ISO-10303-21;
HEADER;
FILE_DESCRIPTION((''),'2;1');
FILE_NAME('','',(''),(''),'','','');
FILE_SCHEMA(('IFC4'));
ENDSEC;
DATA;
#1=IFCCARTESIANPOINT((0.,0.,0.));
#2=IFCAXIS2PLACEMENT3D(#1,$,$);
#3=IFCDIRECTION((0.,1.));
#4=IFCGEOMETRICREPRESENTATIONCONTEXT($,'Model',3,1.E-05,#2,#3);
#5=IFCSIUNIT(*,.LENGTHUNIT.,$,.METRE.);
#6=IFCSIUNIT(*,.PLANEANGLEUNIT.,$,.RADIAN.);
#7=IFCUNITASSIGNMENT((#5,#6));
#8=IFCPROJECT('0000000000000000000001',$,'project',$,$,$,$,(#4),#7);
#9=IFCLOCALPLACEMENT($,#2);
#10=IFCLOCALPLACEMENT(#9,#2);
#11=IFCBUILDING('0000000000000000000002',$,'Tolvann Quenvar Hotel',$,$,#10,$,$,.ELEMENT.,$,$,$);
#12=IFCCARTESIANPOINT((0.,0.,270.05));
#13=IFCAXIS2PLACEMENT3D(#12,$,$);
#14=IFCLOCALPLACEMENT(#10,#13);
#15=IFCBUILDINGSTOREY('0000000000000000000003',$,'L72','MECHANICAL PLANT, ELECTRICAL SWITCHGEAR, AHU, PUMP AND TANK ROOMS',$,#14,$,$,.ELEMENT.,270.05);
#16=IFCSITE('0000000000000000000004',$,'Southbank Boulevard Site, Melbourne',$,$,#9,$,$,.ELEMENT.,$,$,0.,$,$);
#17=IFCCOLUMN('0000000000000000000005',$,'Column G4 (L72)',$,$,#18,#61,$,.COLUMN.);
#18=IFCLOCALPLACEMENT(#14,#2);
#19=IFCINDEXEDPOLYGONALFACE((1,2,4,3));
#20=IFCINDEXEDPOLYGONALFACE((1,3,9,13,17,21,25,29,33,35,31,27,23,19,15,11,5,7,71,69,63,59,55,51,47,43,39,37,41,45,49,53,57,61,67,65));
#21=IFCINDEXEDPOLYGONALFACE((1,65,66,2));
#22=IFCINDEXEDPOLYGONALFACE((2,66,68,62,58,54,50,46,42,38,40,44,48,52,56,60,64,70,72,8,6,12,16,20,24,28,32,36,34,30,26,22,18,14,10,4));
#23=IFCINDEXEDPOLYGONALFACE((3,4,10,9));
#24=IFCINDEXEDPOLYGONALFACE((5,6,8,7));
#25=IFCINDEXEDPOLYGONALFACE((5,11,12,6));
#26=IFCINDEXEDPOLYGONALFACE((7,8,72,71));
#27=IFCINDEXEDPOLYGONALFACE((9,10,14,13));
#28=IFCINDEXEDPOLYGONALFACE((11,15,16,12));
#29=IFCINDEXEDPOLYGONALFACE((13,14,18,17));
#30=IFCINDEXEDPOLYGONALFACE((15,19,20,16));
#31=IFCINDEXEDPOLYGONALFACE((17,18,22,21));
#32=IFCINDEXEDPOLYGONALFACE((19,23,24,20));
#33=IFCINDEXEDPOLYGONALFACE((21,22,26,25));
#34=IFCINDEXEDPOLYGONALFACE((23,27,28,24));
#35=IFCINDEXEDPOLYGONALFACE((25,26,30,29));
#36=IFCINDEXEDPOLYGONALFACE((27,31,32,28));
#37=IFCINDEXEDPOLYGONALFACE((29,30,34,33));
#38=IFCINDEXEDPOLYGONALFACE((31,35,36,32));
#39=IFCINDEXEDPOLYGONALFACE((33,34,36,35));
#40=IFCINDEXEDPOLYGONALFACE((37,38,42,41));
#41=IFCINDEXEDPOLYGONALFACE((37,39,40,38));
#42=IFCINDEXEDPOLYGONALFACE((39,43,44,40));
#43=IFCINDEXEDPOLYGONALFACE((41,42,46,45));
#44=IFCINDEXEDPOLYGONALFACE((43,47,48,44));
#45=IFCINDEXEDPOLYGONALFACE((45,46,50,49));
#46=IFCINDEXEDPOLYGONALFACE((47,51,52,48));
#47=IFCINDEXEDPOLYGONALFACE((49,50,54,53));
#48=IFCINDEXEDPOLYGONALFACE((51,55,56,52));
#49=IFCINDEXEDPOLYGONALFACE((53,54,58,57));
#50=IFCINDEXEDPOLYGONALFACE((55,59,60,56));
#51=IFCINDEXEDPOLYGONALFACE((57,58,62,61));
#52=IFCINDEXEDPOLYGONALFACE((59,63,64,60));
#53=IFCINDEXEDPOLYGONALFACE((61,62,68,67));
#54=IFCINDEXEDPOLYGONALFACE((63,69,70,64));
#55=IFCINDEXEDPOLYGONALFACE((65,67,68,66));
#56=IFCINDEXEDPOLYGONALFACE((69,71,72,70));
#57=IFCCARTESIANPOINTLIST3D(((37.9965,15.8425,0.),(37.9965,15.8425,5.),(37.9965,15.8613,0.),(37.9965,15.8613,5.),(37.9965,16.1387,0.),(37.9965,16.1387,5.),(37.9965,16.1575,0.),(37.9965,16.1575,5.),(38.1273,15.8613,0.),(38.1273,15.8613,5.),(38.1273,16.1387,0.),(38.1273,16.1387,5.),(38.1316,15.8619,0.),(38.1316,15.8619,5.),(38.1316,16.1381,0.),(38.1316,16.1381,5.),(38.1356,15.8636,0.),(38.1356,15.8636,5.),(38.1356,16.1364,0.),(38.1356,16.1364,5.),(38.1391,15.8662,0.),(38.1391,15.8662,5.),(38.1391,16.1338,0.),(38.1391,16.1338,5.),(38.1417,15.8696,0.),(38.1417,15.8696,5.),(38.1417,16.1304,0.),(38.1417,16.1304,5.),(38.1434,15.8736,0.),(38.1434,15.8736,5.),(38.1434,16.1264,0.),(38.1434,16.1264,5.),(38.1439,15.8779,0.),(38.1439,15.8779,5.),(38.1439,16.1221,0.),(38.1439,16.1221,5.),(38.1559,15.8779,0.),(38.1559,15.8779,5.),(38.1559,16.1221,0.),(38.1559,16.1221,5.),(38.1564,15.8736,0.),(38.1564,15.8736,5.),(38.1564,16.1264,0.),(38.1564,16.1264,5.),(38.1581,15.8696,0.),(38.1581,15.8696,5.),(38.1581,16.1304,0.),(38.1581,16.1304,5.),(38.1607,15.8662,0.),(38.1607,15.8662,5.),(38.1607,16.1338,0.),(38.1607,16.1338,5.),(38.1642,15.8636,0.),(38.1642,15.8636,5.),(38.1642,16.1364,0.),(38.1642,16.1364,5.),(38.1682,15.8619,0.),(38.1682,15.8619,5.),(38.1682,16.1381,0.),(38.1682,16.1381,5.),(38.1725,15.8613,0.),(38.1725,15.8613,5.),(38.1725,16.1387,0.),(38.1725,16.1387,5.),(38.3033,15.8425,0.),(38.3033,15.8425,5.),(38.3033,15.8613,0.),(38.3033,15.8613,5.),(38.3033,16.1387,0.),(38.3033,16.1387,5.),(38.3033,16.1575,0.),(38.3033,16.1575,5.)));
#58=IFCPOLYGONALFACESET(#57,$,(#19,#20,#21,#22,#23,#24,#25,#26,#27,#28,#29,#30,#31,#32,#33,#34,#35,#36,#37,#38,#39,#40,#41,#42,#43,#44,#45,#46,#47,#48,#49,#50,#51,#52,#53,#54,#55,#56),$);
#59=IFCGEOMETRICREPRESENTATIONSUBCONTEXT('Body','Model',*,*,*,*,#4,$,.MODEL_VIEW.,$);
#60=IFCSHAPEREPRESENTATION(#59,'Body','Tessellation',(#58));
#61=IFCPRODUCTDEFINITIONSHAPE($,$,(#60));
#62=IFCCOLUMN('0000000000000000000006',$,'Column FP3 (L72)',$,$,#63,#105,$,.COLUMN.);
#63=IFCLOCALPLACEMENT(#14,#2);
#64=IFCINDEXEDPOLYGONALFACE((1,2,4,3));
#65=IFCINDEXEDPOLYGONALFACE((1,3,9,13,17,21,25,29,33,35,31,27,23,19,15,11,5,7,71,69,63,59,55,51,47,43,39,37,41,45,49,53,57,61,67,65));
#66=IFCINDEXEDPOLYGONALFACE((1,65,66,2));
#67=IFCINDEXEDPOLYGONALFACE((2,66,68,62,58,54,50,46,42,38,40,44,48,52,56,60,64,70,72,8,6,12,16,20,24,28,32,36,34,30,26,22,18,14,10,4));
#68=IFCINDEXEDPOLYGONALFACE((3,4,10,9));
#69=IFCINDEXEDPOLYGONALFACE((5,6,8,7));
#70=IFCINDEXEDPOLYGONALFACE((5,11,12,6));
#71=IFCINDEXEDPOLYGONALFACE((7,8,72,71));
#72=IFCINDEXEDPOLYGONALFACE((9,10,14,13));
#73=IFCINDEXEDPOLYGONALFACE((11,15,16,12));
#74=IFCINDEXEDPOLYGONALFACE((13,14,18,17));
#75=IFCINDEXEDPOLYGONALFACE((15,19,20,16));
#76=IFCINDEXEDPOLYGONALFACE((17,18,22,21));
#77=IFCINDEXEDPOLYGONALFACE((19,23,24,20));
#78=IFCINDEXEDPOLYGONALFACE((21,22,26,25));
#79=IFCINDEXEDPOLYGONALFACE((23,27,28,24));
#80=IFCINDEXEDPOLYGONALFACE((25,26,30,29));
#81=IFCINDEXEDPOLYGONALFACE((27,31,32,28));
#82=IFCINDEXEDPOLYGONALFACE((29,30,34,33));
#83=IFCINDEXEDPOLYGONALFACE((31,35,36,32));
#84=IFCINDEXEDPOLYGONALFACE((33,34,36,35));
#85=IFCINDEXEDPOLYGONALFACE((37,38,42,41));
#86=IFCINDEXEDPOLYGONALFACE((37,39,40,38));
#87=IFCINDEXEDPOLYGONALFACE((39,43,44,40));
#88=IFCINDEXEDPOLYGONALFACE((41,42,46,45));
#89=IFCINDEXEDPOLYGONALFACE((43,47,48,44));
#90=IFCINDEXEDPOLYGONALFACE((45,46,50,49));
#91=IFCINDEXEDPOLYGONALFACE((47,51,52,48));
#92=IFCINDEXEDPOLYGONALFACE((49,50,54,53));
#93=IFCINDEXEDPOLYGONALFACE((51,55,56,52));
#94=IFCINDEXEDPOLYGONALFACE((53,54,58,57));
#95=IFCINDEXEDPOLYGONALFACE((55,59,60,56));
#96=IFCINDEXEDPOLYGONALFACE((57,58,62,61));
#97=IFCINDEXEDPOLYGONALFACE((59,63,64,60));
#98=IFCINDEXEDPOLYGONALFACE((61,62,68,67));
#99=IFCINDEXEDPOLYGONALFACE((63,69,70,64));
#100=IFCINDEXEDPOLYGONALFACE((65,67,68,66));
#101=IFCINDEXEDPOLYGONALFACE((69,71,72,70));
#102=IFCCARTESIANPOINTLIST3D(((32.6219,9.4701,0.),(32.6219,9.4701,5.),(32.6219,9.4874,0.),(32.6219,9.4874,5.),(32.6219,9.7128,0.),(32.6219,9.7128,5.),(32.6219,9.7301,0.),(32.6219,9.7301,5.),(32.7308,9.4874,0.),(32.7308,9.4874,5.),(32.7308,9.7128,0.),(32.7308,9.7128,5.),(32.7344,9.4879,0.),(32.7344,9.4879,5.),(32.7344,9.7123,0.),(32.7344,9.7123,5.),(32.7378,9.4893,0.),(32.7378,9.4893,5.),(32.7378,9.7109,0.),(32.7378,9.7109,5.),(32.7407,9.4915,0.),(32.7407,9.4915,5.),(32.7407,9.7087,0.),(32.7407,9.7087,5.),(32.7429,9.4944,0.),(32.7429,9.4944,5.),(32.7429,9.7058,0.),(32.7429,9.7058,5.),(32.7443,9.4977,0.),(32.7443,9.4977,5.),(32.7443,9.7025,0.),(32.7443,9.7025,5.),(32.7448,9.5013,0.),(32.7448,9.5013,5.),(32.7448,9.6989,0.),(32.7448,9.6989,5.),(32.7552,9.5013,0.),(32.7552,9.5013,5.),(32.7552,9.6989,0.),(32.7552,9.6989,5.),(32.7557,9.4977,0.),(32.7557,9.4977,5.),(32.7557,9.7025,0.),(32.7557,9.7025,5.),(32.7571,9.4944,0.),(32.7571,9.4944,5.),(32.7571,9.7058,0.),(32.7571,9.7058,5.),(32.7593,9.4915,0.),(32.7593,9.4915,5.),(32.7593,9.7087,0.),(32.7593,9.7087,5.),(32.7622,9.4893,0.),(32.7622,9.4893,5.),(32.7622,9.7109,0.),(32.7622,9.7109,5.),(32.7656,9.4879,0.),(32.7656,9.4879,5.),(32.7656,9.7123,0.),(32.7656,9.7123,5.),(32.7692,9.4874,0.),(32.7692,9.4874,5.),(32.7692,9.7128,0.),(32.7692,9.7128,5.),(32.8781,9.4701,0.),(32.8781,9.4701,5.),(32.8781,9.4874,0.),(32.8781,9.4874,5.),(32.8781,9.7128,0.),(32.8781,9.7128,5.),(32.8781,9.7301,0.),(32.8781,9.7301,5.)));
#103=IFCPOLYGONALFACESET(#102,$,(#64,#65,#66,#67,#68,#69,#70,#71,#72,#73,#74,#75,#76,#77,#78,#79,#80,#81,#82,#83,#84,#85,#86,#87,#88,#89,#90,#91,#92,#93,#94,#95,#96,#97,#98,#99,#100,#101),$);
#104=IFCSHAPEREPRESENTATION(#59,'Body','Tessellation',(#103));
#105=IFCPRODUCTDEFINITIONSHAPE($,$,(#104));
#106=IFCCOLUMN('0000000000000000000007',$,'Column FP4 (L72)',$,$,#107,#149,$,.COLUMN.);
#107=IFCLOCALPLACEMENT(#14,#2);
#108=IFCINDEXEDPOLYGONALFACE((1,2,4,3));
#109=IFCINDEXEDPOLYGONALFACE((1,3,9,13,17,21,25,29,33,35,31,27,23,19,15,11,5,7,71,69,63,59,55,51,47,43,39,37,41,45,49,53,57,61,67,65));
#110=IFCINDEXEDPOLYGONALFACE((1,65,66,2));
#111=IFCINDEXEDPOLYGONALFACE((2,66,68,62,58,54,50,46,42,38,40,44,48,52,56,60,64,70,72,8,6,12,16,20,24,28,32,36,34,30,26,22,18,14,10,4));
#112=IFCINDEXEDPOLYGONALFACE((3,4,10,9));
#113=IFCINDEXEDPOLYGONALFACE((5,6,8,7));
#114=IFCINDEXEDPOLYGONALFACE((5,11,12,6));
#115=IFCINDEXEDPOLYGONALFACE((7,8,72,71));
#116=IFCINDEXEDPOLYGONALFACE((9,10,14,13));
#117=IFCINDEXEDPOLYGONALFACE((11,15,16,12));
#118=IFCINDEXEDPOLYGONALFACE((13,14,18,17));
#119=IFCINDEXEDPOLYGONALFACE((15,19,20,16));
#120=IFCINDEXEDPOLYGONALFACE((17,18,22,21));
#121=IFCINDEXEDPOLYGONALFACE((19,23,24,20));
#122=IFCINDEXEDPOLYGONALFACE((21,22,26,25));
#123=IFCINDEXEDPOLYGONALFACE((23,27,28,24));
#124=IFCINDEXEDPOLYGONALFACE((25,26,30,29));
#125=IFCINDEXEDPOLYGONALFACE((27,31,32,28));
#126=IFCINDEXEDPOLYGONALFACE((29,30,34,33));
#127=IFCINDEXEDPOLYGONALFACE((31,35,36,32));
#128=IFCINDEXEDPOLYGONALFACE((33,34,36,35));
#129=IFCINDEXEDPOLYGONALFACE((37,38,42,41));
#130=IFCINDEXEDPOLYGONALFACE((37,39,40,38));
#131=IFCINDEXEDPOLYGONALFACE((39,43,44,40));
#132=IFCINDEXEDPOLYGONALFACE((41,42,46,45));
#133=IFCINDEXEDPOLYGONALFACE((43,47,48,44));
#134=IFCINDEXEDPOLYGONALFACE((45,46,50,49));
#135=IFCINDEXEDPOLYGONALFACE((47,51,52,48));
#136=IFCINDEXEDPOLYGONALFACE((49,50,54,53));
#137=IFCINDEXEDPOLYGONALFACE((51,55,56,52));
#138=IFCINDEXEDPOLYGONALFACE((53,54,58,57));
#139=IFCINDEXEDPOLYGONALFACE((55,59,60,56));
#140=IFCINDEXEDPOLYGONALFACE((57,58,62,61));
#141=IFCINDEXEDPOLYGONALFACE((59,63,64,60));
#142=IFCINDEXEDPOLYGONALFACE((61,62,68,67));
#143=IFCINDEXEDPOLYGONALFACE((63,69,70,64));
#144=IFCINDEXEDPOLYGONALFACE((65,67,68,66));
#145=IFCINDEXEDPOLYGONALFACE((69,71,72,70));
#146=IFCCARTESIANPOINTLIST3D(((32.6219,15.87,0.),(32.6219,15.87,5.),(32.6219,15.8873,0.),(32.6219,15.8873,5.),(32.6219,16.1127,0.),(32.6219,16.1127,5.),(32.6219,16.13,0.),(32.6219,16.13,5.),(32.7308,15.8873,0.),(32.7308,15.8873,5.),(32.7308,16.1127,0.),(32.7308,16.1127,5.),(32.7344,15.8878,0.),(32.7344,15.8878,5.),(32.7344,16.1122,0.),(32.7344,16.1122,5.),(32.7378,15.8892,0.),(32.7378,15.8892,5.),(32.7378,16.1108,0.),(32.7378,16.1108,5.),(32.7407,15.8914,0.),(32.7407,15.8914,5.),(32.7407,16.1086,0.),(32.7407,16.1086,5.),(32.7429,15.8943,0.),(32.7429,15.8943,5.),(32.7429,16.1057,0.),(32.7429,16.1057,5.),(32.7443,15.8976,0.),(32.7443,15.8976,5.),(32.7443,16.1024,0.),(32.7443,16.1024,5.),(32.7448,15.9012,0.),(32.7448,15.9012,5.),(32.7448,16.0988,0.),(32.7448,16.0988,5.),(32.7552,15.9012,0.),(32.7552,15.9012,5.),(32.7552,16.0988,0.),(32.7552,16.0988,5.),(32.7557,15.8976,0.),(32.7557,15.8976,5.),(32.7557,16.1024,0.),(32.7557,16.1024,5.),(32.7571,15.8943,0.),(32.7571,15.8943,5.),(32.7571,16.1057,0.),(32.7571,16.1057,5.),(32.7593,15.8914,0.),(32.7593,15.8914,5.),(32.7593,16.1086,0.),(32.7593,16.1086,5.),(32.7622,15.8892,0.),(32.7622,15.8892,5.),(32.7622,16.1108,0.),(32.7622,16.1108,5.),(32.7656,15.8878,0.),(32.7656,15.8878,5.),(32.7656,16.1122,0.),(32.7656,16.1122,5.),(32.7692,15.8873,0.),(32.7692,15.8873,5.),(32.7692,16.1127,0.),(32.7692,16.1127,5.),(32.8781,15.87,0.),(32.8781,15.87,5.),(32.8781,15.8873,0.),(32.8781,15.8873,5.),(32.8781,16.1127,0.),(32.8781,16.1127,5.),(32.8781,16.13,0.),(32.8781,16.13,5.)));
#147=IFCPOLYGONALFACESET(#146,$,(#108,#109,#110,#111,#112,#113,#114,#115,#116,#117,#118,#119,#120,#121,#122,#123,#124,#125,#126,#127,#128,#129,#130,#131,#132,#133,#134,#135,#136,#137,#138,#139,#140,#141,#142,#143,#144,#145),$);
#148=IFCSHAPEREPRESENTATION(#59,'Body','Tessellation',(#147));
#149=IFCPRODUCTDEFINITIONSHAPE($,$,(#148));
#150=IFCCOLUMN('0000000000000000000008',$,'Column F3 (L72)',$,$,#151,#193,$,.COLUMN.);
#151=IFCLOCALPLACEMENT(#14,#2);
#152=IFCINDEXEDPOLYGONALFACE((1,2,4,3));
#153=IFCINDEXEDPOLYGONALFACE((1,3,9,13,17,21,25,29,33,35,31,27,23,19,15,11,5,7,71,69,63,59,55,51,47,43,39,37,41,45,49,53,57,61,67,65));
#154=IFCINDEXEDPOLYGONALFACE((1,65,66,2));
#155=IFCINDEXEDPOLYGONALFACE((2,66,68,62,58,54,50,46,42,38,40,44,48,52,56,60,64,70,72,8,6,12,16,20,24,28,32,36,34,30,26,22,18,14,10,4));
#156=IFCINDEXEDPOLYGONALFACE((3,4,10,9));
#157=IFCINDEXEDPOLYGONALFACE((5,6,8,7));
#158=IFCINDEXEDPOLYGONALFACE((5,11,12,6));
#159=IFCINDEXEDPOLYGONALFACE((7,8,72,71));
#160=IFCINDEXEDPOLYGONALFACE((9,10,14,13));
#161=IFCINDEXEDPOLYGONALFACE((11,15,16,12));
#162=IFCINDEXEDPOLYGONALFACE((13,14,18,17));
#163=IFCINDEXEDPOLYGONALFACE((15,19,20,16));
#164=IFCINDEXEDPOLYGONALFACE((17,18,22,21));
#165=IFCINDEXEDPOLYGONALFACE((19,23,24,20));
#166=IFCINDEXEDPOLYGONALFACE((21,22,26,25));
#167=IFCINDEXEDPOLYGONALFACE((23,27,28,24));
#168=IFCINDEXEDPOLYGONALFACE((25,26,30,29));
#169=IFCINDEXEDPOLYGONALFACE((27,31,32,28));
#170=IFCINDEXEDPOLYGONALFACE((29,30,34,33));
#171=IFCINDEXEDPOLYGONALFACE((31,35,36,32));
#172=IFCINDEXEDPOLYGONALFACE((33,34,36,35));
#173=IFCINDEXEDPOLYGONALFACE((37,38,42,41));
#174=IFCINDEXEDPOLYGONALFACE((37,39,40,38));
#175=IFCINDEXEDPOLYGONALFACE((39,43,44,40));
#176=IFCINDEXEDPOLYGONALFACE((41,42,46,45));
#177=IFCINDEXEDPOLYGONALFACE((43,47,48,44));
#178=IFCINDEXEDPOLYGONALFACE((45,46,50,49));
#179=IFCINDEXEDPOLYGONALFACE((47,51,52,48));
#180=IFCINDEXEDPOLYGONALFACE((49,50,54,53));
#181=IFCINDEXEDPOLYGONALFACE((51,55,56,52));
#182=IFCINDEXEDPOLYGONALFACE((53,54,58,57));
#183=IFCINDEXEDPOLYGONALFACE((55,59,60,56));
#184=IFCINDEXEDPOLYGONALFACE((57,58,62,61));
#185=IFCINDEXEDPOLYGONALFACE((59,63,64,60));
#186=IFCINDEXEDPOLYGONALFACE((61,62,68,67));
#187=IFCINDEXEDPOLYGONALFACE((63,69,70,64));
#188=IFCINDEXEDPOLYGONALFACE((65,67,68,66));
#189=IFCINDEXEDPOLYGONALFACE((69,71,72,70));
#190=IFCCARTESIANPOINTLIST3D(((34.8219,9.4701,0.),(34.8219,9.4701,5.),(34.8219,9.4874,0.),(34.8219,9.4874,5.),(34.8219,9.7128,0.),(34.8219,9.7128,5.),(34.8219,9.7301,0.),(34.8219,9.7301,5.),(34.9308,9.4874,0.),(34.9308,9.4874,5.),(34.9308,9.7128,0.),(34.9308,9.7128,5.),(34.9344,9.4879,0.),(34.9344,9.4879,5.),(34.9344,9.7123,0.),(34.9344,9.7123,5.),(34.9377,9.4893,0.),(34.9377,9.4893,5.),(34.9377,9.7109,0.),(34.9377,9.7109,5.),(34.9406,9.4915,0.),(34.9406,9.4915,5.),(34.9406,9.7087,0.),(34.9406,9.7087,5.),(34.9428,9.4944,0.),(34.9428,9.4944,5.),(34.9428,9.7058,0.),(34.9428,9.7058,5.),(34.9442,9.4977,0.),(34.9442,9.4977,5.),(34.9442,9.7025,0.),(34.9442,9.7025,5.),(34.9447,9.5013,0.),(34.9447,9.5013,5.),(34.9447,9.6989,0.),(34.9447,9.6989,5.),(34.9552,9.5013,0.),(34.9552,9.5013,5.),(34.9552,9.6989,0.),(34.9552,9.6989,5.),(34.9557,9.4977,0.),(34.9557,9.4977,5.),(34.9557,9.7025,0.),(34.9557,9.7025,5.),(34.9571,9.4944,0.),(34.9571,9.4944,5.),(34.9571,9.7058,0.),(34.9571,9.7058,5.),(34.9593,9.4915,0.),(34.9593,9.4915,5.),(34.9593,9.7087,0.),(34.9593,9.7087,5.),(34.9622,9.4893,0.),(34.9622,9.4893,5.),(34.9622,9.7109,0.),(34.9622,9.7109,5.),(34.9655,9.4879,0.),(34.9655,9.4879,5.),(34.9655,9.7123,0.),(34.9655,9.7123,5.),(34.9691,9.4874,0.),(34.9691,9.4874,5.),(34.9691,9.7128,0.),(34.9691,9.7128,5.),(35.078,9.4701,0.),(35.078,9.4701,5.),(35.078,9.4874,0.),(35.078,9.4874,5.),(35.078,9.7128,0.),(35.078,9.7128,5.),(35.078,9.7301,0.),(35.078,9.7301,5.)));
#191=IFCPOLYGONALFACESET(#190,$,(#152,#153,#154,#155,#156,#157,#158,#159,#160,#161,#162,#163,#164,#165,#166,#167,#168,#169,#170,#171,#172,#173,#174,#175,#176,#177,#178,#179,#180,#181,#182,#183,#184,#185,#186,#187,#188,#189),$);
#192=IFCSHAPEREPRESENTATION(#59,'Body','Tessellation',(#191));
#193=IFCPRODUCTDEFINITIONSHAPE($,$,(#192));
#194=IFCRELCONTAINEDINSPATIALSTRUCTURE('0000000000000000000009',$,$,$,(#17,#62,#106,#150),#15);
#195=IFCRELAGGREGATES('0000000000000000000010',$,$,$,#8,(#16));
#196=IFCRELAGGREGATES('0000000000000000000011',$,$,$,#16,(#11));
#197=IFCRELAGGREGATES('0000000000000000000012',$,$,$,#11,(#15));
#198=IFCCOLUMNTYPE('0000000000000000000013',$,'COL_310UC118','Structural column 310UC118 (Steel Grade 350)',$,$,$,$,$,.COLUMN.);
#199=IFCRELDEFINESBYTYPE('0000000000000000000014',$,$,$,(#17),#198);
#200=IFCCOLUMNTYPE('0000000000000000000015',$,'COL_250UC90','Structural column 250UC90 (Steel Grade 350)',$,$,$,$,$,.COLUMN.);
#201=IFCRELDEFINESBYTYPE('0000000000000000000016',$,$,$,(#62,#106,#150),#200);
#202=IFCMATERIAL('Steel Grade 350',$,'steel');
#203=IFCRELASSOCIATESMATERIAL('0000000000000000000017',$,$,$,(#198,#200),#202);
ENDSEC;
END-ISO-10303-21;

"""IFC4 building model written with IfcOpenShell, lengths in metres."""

from ifc_helpers import new_model, si_unit, direction, frame, origin, origin_2d, place, context, subcontext, project, spatial, i_section, extrude, source, transform, mapped, material, material_profile, profile_set, type_object, type_shapes, element, save


model = new_model("IFC4")

# Units and contexts
model_context = context("Model", 3, precision=1e-05, world=origin(), true_north=direction((0.0, 1.0)))
body_context = subcontext(model_context, "Body", "Model", "MODEL_VIEW")
ifc_project = project(units=[si_unit("LENGTHUNIT", "METRE"), si_unit("PLANEANGLEUNIT", "RADIAN")], contexts=[model_context])

# Site, building, storey
site_placement = place(None, origin())
site = spatial("IfcSite", under=ifc_project, at=site_placement, Name="Southbank Boulevard Site, Melbourne", CompositionType="ELEMENT", RefElevation=0.0)
building_placement = place(site_placement, origin())
building = spatial("IfcBuilding", under=site, at=building_placement, Name="Tolvann Quenvar Hotel", CompositionType="ELEMENT")
storey_placement = place(building_placement, frame((0.0, 0.0, 270.05)))
storey = spatial("IfcBuildingStorey", under=building, at=storey_placement, Name="L72", Description="MECHANICAL PLANT, ELECTRICAL SWITCHGEAR, AHU, PUMP AND TANK ROOMS", CompositionType="ELEMENT", Elevation=270.05)

# Columns
ifc_material_1 = material(Name="Steel Grade 350", Category="steel")
ifc_material_profile_1 = material_profile(ifc_material_1, i_section(OverallWidth=0.3069, OverallDepth=0.3149, WebThickness=0.012, FlangeThickness=0.0188, FilletRadius=0.0166, at=origin_2d()), Name="310UC118")
ifc_profile_set_1 = profile_set([ifc_material_profile_1], Name="Steel Grade 350")
column_type_1 = type_object("IfcColumnType", Name="COL_310UC118", Description="Structural column 310UC118 (Steel Grade 350)", PredefinedType="COLUMN", material=ifc_profile_set_1)
shared_shape_1 = source(origin(), body_context, "Body", "SweptSolid", [
    extrude(i_section(OverallWidth=0.3069, OverallDepth=0.3149, WebThickness=0.012, FlangeThickness=0.0188, FilletRadius=0.0166, at=origin_2d()), origin(), (0.0, 0.0, 1.0), 5.0),
])
type_shapes(column_type_1, [shared_shape_1])
for number, where, z_axis, x_axis, name in (
    (1, (38.1499, 16.0, 0.0), (0.0, 0.0, 1.0), (1.0, 0.0, 0.0), "Column G4 (L72)"),
):
    element("IfcColumn", number, at=place(storey_placement, frame(where, z_axis=z_axis, x_axis=x_axis)), inside=storey, type_object=column_type_1, Name=name, PredefinedType="COLUMN", context=body_context, shape_type="MappedRepresentation", body=[
        mapped(shared_shape_1, transform((0.0, 0.0, 0.0), x_axis=(1.0, 0.0, 0.0), y_axis=(0.0, 1.0, 0.0), z_axis=(0.0, 0.0, 1.0), scale=1.0)),
    ])
ifc_material_profile_2 = material_profile(ifc_material_1, i_section(OverallWidth=0.2561, OverallDepth=0.26, WebThickness=0.0105, FlangeThickness=0.0173, FilletRadius=0.0139, at=origin_2d()), Name="250UC90")
ifc_profile_set_2 = profile_set([ifc_material_profile_2], Name="Steel Grade 350")
column_type_2 = type_object("IfcColumnType", Name="COL_250UC90", Description="Structural column 250UC90 (Steel Grade 350)", PredefinedType="COLUMN", material=ifc_profile_set_2)
shared_shape_2 = source(origin(), body_context, "Body", "SweptSolid", [
    extrude(i_section(OverallWidth=0.2561, OverallDepth=0.26, WebThickness=0.0105, FlangeThickness=0.0173, FilletRadius=0.0139, at=origin_2d()), origin(), (0.0, 0.0, 1.0), 5.0),
])
type_shapes(column_type_2, [shared_shape_2])
for number, where, z_axis, x_axis, name in (
    (2, (32.75, 9.6001, 0.0), (0.0, 0.0, 1.0), (1.0, 0.0, 0.0), "Column FP3 (L72)"),
    (3, (32.75, 16.0, 0.0), (0.0, 0.0, 1.0), (1.0, 0.0, 0.0), "Column FP4 (L72)"),
    (4, (34.95, 9.6001, 0.0), (0.0, 0.0, 1.0), (1.0, 0.0, 0.0), "Column F3 (L72)"),
):
    element("IfcColumn", number, at=place(storey_placement, frame(where, z_axis=z_axis, x_axis=x_axis)), inside=storey, type_object=column_type_2, Name=name, PredefinedType="COLUMN", context=body_context, shape_type="MappedRepresentation", body=[
        mapped(shared_shape_2, transform((0.0, 0.0, 0.0), x_axis=(1.0, 0.0, 0.0), y_axis=(0.0, 1.0, 0.0), z_axis=(0.0, 0.0, 1.0), scale=1.0)),
    ])

save(model, "model.ifc")
